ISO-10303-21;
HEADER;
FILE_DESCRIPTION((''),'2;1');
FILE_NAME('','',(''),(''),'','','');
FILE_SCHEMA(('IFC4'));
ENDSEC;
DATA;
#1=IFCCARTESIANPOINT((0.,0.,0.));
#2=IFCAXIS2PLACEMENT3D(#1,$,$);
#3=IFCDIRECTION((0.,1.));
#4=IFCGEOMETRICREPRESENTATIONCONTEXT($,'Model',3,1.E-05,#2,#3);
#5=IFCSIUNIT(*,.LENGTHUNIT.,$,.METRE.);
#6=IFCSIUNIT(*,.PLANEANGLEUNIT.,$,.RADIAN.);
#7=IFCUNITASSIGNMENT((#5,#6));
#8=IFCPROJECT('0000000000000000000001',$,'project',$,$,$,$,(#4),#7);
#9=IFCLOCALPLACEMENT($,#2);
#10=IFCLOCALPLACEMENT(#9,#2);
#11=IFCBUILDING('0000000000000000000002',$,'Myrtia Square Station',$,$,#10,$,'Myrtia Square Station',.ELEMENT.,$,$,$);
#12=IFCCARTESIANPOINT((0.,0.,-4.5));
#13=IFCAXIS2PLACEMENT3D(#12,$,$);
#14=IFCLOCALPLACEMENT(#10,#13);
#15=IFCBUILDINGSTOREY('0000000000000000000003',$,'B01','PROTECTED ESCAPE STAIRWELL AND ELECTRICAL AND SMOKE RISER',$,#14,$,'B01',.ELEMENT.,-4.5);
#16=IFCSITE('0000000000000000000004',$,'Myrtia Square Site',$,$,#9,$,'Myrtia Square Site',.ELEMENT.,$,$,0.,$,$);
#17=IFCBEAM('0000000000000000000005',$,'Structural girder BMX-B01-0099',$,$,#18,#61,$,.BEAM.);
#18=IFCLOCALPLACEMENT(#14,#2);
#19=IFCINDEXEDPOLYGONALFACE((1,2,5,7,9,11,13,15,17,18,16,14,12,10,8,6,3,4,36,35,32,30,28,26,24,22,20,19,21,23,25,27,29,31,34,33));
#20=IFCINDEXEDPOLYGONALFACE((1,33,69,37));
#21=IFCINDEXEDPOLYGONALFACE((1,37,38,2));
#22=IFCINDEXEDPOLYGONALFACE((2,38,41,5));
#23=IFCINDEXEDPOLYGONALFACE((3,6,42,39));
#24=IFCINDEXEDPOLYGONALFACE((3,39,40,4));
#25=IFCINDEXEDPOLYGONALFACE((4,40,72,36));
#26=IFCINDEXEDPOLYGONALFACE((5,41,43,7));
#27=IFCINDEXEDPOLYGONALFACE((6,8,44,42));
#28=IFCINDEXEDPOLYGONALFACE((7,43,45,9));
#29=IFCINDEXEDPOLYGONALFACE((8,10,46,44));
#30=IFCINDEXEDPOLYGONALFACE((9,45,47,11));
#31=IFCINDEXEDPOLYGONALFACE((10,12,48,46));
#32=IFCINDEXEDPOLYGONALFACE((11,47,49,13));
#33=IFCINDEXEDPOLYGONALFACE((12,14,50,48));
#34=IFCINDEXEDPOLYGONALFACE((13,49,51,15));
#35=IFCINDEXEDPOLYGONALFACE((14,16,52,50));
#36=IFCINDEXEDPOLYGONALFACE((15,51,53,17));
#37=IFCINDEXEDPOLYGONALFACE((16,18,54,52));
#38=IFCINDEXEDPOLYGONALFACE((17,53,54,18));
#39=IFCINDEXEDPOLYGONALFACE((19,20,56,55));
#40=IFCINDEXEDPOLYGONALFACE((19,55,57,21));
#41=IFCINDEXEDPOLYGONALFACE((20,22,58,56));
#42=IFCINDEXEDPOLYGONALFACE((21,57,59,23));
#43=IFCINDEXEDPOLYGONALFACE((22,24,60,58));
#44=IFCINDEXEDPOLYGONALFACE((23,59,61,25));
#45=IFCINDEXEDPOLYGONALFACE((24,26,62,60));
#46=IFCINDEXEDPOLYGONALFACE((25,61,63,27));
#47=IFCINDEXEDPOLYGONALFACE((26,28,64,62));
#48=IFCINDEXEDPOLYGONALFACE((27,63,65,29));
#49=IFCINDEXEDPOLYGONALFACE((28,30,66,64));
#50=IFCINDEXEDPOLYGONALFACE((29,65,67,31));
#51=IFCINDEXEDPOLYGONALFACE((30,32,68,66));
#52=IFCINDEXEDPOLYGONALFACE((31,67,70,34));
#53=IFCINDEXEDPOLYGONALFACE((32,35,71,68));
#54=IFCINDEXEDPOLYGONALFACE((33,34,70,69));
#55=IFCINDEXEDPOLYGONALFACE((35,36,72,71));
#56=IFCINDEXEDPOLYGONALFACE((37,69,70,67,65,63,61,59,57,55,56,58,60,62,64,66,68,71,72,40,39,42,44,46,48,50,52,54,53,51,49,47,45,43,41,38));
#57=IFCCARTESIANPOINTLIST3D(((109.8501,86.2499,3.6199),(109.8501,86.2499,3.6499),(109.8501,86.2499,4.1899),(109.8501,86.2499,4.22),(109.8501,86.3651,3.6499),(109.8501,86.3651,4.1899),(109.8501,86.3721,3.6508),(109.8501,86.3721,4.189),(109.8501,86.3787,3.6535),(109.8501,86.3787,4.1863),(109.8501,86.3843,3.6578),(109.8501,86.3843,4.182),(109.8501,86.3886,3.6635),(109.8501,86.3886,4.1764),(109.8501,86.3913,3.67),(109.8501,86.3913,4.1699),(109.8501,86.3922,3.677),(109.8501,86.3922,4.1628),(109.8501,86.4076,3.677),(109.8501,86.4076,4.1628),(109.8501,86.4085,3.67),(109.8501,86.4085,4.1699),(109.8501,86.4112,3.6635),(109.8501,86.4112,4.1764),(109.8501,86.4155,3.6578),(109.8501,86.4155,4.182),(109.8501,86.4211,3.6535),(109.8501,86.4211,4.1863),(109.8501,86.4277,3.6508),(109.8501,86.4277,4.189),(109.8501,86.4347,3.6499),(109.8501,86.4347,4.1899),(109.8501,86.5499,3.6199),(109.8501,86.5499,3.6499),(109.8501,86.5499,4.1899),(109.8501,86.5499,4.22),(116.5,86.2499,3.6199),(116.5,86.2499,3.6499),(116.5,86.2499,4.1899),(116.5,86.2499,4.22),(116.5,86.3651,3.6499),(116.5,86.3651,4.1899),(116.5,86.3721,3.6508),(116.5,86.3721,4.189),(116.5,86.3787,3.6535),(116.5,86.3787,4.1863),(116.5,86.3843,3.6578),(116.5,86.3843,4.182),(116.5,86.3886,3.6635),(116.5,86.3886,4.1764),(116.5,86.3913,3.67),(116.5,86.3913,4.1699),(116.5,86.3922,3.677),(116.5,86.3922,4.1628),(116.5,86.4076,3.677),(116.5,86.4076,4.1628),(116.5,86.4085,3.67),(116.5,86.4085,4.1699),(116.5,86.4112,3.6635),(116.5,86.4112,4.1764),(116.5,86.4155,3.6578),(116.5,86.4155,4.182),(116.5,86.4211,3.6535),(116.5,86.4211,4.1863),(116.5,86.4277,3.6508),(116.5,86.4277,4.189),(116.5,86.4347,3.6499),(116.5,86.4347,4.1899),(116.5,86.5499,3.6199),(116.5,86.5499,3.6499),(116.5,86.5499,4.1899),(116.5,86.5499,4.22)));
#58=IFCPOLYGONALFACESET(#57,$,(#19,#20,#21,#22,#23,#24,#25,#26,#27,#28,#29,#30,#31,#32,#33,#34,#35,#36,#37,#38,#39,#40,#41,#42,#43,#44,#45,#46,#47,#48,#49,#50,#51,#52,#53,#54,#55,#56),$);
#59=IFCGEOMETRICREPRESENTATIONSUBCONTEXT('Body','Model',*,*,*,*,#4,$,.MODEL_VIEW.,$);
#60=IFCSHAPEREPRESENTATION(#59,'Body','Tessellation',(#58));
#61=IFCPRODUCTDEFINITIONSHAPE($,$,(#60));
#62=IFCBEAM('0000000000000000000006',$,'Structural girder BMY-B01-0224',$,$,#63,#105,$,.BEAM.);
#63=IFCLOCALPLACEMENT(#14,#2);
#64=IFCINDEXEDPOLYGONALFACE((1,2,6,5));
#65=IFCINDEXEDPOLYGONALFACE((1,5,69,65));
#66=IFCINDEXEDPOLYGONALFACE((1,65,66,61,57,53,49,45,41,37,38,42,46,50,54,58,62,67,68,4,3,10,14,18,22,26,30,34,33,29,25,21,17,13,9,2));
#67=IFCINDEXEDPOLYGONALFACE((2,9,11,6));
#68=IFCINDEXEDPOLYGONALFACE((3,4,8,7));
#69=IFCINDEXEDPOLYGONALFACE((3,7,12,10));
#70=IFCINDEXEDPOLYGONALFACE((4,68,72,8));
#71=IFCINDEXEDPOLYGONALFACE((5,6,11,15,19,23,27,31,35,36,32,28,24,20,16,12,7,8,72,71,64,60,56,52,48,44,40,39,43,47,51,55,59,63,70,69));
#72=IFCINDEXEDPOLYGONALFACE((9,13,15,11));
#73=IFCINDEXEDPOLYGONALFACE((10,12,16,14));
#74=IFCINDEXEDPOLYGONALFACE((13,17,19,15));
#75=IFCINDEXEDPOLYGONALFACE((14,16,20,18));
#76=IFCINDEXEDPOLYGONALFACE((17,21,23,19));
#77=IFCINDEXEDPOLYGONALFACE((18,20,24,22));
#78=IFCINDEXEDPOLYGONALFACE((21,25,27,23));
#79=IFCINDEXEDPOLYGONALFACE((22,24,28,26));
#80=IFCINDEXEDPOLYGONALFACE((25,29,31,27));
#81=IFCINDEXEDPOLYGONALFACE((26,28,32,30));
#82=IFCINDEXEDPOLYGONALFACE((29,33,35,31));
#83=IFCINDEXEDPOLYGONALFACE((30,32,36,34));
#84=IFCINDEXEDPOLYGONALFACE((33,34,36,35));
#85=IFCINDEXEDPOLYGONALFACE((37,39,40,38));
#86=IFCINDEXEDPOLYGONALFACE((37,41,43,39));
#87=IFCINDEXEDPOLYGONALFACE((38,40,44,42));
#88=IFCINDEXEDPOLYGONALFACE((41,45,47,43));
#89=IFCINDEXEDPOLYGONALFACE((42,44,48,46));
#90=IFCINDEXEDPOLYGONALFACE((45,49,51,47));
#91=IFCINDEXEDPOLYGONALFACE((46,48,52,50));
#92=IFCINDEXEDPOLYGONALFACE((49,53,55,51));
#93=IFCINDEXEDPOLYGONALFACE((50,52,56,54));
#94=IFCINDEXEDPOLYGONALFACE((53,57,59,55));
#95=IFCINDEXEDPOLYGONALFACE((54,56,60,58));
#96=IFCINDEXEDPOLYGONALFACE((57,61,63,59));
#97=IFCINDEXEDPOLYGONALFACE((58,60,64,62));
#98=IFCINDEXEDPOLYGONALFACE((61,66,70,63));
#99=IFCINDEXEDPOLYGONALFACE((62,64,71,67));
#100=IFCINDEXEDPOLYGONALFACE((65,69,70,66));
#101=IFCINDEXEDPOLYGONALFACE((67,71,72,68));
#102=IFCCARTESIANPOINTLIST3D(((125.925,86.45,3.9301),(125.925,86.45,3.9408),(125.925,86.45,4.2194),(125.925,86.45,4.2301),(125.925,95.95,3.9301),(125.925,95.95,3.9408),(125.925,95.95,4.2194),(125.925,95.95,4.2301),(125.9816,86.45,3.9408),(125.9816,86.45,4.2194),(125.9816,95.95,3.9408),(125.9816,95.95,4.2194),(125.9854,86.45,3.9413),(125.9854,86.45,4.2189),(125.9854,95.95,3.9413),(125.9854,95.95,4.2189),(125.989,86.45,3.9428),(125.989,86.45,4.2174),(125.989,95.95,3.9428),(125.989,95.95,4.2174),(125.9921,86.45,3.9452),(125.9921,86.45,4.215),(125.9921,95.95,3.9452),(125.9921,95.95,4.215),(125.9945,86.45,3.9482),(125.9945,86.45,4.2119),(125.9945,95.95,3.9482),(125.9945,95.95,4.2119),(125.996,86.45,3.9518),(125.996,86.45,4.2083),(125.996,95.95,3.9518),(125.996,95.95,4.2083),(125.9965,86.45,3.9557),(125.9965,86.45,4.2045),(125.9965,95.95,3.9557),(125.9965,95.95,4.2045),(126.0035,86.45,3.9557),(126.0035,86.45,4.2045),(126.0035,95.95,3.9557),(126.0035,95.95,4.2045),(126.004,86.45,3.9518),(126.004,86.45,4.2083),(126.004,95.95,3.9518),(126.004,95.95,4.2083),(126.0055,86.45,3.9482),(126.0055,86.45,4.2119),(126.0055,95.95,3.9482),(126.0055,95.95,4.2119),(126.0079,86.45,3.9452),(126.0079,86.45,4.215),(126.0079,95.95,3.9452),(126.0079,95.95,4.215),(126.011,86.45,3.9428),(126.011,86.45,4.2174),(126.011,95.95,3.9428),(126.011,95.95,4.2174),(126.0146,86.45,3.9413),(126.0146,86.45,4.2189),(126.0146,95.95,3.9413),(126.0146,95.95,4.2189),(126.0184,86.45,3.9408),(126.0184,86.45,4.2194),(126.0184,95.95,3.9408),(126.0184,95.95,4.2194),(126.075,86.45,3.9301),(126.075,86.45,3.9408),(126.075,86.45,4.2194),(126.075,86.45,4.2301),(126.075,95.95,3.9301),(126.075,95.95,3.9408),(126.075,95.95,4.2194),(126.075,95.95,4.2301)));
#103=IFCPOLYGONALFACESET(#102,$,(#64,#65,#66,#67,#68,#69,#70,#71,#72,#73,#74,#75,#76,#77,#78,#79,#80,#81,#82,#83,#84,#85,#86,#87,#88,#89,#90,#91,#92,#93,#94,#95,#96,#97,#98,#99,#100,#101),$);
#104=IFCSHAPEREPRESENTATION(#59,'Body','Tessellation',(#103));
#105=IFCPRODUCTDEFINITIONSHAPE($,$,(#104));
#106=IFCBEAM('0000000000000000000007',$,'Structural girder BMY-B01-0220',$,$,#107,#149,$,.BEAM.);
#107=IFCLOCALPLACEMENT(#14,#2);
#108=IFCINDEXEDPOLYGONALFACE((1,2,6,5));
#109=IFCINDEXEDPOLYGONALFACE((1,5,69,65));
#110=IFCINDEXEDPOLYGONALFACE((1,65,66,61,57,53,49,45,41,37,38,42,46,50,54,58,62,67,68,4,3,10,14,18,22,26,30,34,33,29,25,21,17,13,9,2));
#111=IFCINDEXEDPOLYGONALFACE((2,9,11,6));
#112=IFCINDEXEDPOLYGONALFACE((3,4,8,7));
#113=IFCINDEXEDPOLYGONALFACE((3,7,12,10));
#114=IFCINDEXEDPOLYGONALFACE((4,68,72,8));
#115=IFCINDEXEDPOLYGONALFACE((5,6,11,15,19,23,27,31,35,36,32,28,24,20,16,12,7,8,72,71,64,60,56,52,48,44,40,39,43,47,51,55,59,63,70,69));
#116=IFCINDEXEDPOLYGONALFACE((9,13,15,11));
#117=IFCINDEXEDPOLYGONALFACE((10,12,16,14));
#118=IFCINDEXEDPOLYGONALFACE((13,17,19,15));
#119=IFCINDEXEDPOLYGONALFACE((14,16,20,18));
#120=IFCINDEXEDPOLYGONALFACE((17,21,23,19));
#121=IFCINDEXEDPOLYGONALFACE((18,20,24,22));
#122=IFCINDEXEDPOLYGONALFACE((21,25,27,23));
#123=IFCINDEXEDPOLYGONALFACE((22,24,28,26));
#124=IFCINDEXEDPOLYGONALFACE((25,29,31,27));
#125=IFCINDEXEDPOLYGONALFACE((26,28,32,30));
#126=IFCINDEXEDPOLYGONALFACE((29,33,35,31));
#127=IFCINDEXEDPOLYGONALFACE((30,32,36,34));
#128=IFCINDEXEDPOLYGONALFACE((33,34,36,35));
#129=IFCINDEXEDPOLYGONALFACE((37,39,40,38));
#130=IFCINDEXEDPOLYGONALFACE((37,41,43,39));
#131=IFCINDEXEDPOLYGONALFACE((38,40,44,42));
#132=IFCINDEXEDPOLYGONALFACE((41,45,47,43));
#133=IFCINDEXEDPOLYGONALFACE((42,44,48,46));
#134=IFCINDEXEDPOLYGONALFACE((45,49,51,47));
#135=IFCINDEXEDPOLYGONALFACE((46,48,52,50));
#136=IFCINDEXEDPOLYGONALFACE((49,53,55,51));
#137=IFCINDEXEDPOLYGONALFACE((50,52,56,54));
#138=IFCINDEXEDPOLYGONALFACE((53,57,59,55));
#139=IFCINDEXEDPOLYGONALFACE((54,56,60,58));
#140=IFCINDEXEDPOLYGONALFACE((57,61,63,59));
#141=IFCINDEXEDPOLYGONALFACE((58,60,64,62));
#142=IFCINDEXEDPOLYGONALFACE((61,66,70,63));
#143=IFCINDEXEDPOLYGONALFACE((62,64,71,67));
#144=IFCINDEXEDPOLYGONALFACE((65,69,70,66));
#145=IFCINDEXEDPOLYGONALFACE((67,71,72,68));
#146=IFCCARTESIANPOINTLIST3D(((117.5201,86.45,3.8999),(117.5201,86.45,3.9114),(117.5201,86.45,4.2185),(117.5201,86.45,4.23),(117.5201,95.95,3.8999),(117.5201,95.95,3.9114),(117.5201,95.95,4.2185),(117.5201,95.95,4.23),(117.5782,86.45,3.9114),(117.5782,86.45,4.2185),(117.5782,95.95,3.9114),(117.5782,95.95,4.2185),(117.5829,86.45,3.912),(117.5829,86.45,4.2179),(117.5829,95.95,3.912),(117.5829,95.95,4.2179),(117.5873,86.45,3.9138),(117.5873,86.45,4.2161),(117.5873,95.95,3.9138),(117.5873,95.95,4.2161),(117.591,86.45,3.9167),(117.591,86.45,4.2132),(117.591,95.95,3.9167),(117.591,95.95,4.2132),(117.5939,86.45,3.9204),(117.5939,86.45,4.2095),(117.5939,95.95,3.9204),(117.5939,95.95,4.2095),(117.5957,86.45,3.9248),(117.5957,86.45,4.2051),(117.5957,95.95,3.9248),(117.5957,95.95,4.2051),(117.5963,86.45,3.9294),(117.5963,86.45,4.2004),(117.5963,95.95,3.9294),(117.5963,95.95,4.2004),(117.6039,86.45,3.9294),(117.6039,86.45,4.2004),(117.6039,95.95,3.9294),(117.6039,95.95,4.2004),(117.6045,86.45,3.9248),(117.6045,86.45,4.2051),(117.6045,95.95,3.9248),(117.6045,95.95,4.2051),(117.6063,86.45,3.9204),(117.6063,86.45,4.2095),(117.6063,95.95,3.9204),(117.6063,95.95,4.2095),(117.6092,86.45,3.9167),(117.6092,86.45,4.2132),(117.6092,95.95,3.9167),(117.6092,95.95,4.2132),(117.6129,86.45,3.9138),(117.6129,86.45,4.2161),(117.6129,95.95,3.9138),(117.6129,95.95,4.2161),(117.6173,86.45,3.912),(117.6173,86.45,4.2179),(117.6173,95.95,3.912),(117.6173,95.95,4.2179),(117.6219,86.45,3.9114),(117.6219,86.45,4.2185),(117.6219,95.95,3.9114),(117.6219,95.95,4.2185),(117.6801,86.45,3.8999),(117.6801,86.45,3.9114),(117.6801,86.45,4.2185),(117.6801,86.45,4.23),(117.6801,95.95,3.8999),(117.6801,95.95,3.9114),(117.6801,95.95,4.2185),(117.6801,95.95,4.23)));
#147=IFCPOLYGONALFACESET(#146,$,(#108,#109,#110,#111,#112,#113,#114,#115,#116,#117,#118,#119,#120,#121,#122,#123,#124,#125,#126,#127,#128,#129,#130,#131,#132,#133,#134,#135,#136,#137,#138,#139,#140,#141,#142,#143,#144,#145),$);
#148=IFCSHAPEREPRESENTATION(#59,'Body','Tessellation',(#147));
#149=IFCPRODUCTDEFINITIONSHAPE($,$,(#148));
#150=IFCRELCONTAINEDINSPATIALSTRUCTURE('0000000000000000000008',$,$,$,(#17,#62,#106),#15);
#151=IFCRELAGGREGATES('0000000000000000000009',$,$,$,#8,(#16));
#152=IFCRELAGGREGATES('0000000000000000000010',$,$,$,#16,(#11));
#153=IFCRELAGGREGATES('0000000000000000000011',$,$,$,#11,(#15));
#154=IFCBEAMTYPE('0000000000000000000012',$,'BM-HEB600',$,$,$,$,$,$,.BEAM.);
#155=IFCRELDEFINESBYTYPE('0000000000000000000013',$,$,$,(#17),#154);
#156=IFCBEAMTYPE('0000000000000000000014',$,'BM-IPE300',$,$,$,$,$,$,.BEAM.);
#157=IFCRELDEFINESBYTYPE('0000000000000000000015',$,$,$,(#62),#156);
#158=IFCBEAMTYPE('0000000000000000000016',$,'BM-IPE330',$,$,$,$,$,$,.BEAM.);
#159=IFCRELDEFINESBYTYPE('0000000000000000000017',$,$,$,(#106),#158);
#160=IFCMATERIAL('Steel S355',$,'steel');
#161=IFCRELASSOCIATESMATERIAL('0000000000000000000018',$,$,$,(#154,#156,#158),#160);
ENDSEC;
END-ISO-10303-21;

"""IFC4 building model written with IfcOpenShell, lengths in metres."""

from ifc_helpers import new_model, si_unit, direction, frame, origin, origin_2d, place, context, subcontext, project, spatial, i_section, extrude, material, material_profile, profile_set, type_object, element, save


model = new_model("IFC4")

# Units and contexts
model_context = context("Model", 3, precision=1e-05, world=origin(), true_north=direction((0.0, 1.0)))
body_context = subcontext(model_context, "Body", "Model", "MODEL_VIEW")
ifc_project = project(units=[si_unit("LENGTHUNIT", "METRE"), si_unit("PLANEANGLEUNIT", "RADIAN")], contexts=[model_context])

# Site, building, storey
site_placement = place(None, origin())
site = spatial("IfcSite", under=ifc_project, at=site_placement, Name="Myrtia Square Site", LongName="Myrtia Square Site", CompositionType="ELEMENT", RefElevation=0.0)
building_placement = place(site_placement, origin())
building = spatial("IfcBuilding", under=site, at=building_placement, Name="Myrtia Square Station", LongName="Myrtia Square Station", CompositionType="ELEMENT")
storey_placement = place(building_placement, frame((0.0, 0.0, -4.5)))
storey = spatial("IfcBuildingStorey", under=building, at=storey_placement, Name="B01", Description="PROTECTED ESCAPE STAIRWELL AND ELECTRICAL AND SMOKE RISER", LongName="B01", CompositionType="ELEMENT", Elevation=-4.5)

# Shared definitions
ifc_material_1 = material(Name="Steel S355", Category="steel")

# Beams
ifc_material_profile_1 = material_profile(ifc_material_1, i_section(OverallWidth=0.3, OverallDepth=0.6001, WebThickness=0.0154, FlangeThickness=0.03, FilletRadius=0.0271, at=origin_2d()), Name="HEB 600")
ifc_profile_set_1 = profile_set([ifc_material_profile_1], Name="Steel S355")
beam_type_1 = type_object("IfcBeamType", Name="BM-HEB600", PredefinedType="BEAM", material=ifc_profile_set_1)
beam_1_placement = place(storey_placement, frame((109.8501, 86.3999, 3.9199), z_axis=(1.0, 0.0, 0.0), x_axis=(0.0, 1.0, 0.0)))
element("IfcBeam", 1, at=beam_1_placement, inside=storey, type_object=beam_type_1, Name="Structural girder BMX-B01-0099", PredefinedType="BEAM", context=body_context, shape_type="SweptSolid", body=[
    extrude(i_section(OverallWidth=0.3, OverallDepth=0.6001, WebThickness=0.0154, FlangeThickness=0.03, FilletRadius=0.0271, at=origin_2d()), origin(), (0.0, 0.0, 1.0), 6.6499),
])
ifc_material_profile_2 = material_profile(ifc_material_1, i_section(OverallWidth=0.1499, OverallDepth=0.3, WebThickness=0.0071, FlangeThickness=0.0107, FilletRadius=0.0149, at=origin_2d()), Name="IPE 300")
ifc_profile_set_2 = profile_set([ifc_material_profile_2], Name="Steel S355")
beam_type_2 = type_object("IfcBeamType", Name="BM-IPE300", PredefinedType="BEAM", material=ifc_profile_set_2)
beam_2_placement = place(storey_placement, frame((126.0, 86.45, 4.0801), z_axis=(0.0, 1.0, 0.0), x_axis=(-1.0, 0.0, 0.0)))
element("IfcBeam", 2, at=beam_2_placement, inside=storey, type_object=beam_type_2, Name="Structural girder BMY-B01-0224", PredefinedType="BEAM", context=body_context, shape_type="SweptSolid", body=[
    extrude(i_section(OverallWidth=0.1499, OverallDepth=0.3, WebThickness=0.0071, FlangeThickness=0.0107, FilletRadius=0.0149, at=origin_2d()), origin(), (0.0, 0.0, 1.0), 9.5),
])
ifc_material_profile_3 = material_profile(ifc_material_1, i_section(OverallWidth=0.1599, OverallDepth=0.3301, WebThickness=0.0076, FlangeThickness=0.0115, FilletRadius=0.0181, at=origin_2d()), Name="IPE 330")
ifc_profile_set_3 = profile_set([ifc_material_profile_3], Name="Steel S355")
beam_type_3 = type_object("IfcBeamType", Name="BM-IPE330", PredefinedType="BEAM", material=ifc_profile_set_3)
beam_3_placement = place(storey_placement, frame((117.6001, 86.45, 4.0649), z_axis=(0.0, 1.0, 0.0), x_axis=(-1.0, 0.0, 0.0)))
element("IfcBeam", 3, at=beam_3_placement, inside=storey, type_object=beam_type_3, Name="Structural girder BMY-B01-0220", PredefinedType="BEAM", context=body_context, shape_type="SweptSolid", body=[
    extrude(i_section(OverallWidth=0.1599, OverallDepth=0.3301, WebThickness=0.0076, FlangeThickness=0.0115, FilletRadius=0.0181, at=origin_2d()), origin(), (0.0, 0.0, 1.0), 9.5),
])

save(model, "model.ifc")
